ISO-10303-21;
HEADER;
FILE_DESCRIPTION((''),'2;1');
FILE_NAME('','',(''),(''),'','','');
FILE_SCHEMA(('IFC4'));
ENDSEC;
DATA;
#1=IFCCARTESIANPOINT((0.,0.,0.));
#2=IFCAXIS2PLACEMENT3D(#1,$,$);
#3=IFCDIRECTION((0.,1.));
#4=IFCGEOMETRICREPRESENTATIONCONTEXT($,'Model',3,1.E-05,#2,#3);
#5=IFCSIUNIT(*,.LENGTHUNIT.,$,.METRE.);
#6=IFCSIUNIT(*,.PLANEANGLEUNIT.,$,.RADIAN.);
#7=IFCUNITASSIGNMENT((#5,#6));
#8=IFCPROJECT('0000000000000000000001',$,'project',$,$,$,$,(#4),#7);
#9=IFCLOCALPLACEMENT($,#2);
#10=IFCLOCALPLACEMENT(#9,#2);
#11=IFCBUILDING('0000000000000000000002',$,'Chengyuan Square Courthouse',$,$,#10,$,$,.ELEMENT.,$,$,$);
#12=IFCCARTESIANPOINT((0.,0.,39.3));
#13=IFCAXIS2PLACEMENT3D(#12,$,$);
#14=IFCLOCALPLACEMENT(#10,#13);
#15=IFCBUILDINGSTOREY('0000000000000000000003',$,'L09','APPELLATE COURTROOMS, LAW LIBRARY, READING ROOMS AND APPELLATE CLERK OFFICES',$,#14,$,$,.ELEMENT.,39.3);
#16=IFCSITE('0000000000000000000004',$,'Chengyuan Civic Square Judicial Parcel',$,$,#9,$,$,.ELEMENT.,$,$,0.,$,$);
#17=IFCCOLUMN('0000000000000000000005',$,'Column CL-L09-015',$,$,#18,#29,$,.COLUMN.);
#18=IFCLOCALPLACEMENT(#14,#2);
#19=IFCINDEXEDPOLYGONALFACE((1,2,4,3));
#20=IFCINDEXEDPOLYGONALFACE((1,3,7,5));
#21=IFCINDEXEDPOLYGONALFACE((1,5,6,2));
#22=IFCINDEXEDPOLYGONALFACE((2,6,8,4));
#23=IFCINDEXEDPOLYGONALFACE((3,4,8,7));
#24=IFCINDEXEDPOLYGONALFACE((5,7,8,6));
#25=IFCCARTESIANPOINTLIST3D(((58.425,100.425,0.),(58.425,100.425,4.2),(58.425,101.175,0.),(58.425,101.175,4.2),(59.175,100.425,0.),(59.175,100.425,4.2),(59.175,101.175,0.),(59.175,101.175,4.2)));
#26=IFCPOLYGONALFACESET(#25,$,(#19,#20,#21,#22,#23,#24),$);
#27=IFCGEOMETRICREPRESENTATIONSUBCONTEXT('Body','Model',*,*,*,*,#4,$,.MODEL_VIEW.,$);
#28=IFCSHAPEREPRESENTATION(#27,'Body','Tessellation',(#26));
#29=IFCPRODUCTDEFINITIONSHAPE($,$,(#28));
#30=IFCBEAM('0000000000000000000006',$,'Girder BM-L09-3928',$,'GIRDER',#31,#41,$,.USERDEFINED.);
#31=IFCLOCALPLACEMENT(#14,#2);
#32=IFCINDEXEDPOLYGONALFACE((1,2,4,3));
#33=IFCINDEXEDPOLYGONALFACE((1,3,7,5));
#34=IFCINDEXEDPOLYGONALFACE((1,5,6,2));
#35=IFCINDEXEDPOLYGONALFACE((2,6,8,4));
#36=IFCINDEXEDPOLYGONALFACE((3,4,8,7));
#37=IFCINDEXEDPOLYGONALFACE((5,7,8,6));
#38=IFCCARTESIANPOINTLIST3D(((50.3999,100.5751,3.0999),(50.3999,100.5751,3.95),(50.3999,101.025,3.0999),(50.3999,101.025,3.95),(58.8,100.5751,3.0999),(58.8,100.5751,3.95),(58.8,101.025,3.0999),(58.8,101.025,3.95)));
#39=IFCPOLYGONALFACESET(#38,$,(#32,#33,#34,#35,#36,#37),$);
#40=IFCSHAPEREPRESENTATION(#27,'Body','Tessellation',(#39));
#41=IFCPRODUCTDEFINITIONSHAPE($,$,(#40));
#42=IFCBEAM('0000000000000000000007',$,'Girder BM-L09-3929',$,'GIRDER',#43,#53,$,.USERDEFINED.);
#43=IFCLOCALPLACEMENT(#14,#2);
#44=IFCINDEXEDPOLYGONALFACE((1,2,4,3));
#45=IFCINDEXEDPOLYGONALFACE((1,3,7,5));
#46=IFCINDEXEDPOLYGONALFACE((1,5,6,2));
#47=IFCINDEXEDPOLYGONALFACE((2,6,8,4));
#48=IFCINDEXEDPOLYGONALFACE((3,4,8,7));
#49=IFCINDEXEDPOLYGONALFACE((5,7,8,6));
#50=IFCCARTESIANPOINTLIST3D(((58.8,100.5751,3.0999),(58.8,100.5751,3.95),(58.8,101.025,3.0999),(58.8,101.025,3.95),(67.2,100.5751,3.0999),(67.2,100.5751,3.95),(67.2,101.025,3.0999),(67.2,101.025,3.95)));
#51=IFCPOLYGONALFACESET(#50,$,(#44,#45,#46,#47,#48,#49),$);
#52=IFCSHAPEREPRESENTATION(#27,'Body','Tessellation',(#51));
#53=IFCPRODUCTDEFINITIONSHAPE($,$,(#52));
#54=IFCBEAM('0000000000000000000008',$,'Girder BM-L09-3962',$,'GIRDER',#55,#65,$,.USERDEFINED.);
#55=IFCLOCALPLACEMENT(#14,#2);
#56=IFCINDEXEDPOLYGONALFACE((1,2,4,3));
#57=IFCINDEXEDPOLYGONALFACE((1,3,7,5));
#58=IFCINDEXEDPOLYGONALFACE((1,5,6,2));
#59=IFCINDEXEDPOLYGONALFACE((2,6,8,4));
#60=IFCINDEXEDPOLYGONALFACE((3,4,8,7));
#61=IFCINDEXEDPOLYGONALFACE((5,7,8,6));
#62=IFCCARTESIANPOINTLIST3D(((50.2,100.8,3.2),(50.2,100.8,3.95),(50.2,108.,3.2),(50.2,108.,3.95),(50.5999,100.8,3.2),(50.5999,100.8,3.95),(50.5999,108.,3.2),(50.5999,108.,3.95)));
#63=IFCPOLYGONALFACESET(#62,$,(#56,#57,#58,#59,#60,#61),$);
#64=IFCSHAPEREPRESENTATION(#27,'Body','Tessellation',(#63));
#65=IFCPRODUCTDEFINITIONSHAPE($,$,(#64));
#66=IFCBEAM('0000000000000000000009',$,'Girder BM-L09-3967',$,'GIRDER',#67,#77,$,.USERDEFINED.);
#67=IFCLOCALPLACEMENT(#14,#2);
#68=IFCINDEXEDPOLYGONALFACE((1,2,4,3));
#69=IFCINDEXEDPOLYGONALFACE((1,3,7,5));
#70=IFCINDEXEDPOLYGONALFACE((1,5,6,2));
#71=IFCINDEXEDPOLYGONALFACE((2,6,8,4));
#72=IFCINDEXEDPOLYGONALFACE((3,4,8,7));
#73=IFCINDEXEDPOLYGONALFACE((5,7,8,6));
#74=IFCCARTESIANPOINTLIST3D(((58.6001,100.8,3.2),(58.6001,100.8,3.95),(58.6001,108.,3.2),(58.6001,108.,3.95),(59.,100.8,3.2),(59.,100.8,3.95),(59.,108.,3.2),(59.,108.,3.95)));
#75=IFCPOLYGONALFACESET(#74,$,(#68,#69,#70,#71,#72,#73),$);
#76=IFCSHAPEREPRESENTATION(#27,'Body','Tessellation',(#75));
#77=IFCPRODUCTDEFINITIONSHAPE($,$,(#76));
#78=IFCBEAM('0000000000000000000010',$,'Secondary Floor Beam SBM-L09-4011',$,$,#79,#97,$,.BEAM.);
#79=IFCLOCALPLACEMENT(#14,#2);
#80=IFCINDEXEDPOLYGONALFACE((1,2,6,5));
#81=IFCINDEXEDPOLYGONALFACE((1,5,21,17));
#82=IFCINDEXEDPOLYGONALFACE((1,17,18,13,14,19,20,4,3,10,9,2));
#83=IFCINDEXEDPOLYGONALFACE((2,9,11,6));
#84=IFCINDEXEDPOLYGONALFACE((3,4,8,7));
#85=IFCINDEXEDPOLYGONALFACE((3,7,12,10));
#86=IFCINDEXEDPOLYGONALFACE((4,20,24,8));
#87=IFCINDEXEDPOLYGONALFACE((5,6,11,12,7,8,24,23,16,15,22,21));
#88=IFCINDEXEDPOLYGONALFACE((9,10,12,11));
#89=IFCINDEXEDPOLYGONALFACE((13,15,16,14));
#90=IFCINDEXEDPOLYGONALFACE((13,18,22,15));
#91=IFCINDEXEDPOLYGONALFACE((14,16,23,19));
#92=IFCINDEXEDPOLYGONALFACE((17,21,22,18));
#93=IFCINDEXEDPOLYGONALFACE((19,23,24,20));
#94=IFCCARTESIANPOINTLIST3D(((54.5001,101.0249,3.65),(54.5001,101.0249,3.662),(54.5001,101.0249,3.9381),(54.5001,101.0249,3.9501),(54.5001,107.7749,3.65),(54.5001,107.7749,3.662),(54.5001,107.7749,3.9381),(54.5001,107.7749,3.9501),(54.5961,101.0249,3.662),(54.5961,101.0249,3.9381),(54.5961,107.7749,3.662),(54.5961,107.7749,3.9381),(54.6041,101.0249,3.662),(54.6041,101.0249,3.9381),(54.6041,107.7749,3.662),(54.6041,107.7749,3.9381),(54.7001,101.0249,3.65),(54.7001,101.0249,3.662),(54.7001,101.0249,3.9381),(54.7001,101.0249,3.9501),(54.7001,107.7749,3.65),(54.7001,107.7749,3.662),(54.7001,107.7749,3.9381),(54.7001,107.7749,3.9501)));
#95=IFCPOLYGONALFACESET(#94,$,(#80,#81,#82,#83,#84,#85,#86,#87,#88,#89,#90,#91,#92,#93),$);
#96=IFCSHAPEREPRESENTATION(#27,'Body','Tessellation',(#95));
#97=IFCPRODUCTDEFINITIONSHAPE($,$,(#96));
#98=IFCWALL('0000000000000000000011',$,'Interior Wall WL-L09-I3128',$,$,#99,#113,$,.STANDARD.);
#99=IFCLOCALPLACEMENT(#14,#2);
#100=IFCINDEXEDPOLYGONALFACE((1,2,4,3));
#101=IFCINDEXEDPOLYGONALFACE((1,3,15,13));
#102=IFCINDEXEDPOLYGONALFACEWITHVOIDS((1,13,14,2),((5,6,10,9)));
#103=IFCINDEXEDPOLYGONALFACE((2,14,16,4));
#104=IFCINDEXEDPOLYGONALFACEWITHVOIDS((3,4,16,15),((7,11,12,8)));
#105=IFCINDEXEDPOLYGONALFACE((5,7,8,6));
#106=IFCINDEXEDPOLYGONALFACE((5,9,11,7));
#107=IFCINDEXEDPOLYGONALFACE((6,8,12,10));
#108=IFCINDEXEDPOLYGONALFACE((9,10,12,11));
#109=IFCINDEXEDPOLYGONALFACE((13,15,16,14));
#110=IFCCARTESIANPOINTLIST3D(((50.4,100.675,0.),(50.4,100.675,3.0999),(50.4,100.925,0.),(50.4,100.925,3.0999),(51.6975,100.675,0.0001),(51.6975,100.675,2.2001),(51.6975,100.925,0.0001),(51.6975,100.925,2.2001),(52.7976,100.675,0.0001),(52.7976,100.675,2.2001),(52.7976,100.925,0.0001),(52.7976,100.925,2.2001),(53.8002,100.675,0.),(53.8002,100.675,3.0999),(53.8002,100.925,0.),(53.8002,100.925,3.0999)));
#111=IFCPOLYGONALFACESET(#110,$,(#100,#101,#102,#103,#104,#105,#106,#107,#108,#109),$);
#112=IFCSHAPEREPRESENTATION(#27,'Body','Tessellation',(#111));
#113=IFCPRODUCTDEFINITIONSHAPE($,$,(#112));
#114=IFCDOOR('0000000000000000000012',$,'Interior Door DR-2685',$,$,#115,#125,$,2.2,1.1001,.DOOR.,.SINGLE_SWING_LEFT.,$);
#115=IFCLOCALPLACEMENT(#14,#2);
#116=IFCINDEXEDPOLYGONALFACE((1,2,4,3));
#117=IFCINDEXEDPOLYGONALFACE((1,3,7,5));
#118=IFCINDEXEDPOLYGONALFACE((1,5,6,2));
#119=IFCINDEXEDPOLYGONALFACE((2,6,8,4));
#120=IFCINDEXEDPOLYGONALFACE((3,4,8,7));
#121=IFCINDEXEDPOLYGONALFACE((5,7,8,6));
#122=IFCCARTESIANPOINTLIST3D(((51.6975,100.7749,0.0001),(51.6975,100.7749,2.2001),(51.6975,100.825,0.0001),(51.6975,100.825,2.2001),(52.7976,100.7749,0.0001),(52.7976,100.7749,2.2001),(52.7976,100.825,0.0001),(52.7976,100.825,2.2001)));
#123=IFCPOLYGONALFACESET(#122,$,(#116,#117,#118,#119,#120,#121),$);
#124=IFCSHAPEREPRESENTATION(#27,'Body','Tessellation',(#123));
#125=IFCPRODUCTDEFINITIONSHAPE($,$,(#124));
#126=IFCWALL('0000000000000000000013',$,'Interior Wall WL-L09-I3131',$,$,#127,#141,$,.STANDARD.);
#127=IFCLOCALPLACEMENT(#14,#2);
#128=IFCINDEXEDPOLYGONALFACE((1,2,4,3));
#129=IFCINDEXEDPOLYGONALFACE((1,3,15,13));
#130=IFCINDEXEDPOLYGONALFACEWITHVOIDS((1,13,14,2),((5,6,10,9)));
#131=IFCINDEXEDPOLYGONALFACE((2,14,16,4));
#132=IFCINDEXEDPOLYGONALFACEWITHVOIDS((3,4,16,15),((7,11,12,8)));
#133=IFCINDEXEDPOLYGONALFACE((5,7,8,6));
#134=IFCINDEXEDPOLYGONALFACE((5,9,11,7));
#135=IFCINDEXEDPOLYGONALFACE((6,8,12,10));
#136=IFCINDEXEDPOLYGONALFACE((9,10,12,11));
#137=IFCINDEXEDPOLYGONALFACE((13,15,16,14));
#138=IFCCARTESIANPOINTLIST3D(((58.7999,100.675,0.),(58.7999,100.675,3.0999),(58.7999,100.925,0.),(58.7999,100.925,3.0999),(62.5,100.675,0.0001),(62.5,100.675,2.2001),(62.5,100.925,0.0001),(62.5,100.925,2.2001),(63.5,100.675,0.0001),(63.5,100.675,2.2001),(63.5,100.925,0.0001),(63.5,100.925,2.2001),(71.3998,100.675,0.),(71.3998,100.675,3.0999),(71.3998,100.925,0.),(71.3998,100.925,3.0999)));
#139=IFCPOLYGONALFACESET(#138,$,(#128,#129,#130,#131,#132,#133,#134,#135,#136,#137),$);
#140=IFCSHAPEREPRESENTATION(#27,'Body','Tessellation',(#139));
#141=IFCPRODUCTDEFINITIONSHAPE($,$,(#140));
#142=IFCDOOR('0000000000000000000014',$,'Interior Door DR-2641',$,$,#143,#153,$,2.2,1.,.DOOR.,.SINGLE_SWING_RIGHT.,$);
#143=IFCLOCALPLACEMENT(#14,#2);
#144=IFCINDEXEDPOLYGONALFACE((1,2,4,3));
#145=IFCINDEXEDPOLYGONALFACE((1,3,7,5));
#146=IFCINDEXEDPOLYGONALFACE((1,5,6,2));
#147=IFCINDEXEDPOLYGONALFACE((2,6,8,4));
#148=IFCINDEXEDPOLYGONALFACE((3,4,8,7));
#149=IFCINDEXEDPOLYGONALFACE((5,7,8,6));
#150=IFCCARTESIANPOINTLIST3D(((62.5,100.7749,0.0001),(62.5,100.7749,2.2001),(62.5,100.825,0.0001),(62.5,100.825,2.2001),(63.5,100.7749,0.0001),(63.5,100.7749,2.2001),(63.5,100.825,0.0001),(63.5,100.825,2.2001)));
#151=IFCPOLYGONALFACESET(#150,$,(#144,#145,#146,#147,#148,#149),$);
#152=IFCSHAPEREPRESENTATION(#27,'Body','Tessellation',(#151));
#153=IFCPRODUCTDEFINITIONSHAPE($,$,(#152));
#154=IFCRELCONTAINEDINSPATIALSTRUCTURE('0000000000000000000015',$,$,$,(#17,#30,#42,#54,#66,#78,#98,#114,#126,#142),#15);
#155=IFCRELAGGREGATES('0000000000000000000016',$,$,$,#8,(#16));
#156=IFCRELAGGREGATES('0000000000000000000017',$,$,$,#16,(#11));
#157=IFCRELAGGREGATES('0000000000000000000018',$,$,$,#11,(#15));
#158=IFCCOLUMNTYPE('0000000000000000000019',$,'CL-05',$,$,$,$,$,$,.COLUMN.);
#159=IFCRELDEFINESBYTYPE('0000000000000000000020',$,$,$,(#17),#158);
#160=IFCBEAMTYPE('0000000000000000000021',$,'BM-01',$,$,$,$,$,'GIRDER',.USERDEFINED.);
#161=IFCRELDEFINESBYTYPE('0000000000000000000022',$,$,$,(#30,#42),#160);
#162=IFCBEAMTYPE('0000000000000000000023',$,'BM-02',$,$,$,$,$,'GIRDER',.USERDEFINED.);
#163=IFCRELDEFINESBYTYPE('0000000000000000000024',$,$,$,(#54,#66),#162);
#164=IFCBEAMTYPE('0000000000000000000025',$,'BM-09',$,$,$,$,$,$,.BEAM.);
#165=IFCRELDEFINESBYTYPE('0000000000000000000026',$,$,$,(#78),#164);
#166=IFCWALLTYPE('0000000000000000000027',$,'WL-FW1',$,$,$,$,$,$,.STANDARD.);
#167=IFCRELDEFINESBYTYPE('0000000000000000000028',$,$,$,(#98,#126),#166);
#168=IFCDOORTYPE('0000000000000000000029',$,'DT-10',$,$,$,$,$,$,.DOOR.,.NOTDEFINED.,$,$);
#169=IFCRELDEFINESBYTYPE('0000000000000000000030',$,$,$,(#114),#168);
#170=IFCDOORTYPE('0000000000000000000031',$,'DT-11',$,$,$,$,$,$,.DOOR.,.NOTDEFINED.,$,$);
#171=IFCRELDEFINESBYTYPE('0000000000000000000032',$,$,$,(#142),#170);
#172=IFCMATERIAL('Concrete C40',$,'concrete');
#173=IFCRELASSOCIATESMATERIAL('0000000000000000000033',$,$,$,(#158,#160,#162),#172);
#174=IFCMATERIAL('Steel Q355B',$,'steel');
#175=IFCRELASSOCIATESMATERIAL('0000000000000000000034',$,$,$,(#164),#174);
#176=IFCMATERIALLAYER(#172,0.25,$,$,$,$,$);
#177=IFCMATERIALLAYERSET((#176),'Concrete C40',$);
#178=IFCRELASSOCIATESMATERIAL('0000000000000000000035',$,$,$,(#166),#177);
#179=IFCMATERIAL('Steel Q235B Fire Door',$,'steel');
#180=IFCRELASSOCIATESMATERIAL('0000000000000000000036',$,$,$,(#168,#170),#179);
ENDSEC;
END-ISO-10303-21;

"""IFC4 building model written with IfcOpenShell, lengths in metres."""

from ifc_helpers import new_model, si_unit, direction, frame, frame_2d, origin, origin_2d, place, context, subcontext, project, spatial, rectangle, i_section, extrude, material, layer, layer_set, material_profile, profile_set, type_object, element, fill, save


model = new_model("IFC4")

# Units and contexts
model_context = context("Model", 3, precision=1e-05, world=origin(), true_north=direction((0.0, 1.0)))
body_context = subcontext(model_context, "Body", "Model", "MODEL_VIEW")
ifc_project = project(units=[si_unit("LENGTHUNIT", "METRE"), si_unit("PLANEANGLEUNIT", "RADIAN")], contexts=[model_context])

# Site, building, storey
site_placement = place(None, origin())
site = spatial("IfcSite", under=ifc_project, at=site_placement, Name="Chengyuan Civic Square Judicial Parcel", CompositionType="ELEMENT", RefElevation=0.0)
building_placement = place(site_placement, origin())
building = spatial("IfcBuilding", under=site, at=building_placement, Name="Chengyuan Square Courthouse", CompositionType="ELEMENT")
storey_placement = place(building_placement, frame((0.0, 0.0, 39.3)))
storey = spatial("IfcBuildingStorey", under=building, at=storey_placement, Name="L09", Description="APPELLATE COURTROOMS, LAW LIBRARY, READING ROOMS AND APPELLATE CLERK OFFICES", CompositionType="ELEMENT", Elevation=39.3)

# Column
ifc_material_1 = material(Name="Concrete C40", Category="concrete")
ifc_material_profile_1 = material_profile(ifc_material_1, rectangle(XDim=0.75, YDim=0.75, at=origin_2d()), Name="RC-COL-750x750")
ifc_profile_set_1 = profile_set([ifc_material_profile_1], Name="Concrete C40")
column_type = type_object("IfcColumnType", Name="CL-05", PredefinedType="COLUMN", material=ifc_profile_set_1)
column_placement = place(storey_placement, frame((58.8, 100.8, 0.0), z_axis=(0.0, 0.0, 1.0), x_axis=(1.0, 0.0, 0.0)))
element("IfcColumn", 1, at=column_placement, inside=storey, type_object=column_type, Name="Column CL-L09-015", PredefinedType="COLUMN", context=body_context, shape_type="SweptSolid", body=[
    extrude(rectangle(XDim=0.75, YDim=0.75, at=origin_2d()), origin(), (0.0, 0.0, 1.0), 4.2),
])

# Beams
ifc_material_profile_2 = material_profile(ifc_material_1, rectangle(XDim=0.45, YDim=0.8501, at=origin_2d()), Name="RC-BM-450x850")
ifc_profile_set_2 = profile_set([ifc_material_profile_2], Name="Concrete C40")
beam_type_1 = type_object("IfcBeamType", Name="BM-01", ElementType="GIRDER", PredefinedType="USERDEFINED", material=ifc_profile_set_2)
beam_1_placement = place(storey_placement, frame((50.3999, 100.8, 3.5249), z_axis=(1.0, 0.0, 0.0), x_axis=(0.0, 1.0, 0.0)))
element("IfcBeam", 2, at=beam_1_placement, inside=storey, type_object=beam_type_1, Name="Girder BM-L09-3928", ObjectType="GIRDER", PredefinedType="USERDEFINED", context=body_context, shape_type="SweptSolid", body=[
    extrude(rectangle(XDim=0.45, YDim=0.8501, at=origin_2d()), origin(), (0.0, 0.0, 1.0), 8.4001),
])
beam_2_placement = place(storey_placement, frame((58.8, 100.8, 3.5249), z_axis=(1.0, 0.0, 0.0), x_axis=(0.0, 1.0, 0.0)))
element("IfcBeam", 3, at=beam_2_placement, inside=storey, type_object=beam_type_1, Name="Girder BM-L09-3929", ObjectType="GIRDER", PredefinedType="USERDEFINED", context=body_context, shape_type="SweptSolid", body=[
    extrude(rectangle(XDim=0.45, YDim=0.8501, at=origin_2d()), origin(), (0.0, 0.0, 1.0), 8.3999),
])
ifc_material_profile_3 = material_profile(ifc_material_1, rectangle(XDim=0.3999, YDim=0.75, at=origin_2d()), Name="RC-BM-400x750")
ifc_profile_set_3 = profile_set([ifc_material_profile_3], Name="Concrete C40")
beam_type_2 = type_object("IfcBeamType", Name="BM-02", ElementType="GIRDER", PredefinedType="USERDEFINED", material=ifc_profile_set_3)
for number, where, z_axis, x_axis, name in (
    (4, (50.3999, 100.8, 3.575), (0.0, 1.0, 0.0), (-1.0, 0.0, 0.0), "Girder BM-L09-3962"),
    (5, (58.8, 100.8, 3.575), (0.0, 1.0, 0.0), (-1.0, 0.0, 0.0), "Girder BM-L09-3967"),
):
    element("IfcBeam", number, at=place(storey_placement, frame(where, z_axis=z_axis, x_axis=x_axis)), inside=storey, type_object=beam_type_2, Name=name, ObjectType="GIRDER", PredefinedType="USERDEFINED", context=body_context, shape_type="SweptSolid", body=[
        extrude(rectangle(XDim=0.3999, YDim=0.75, at=origin_2d()), origin(), (0.0, 0.0, 1.0), 7.2),
    ])
ifc_material_2 = material(Name="Steel Q355B", Category="steel")
ifc_material_profile_4 = material_profile(ifc_material_2, i_section(OverallWidth=0.2, OverallDepth=0.3, WebThickness=0.0081, FlangeThickness=0.012, at=origin_2d()), Name="HM 300x200x8x12")
ifc_profile_set_4 = profile_set([ifc_material_profile_4], Name="Steel Q355B")
beam_type_3 = type_object("IfcBeamType", Name="BM-09", PredefinedType="BEAM", material=ifc_profile_set_4)
beam_3_placement = place(storey_placement, frame((54.6001, 101.0249, 3.8), z_axis=(0.0, 1.0, 0.0), x_axis=(-1.0, 0.0, 0.0)))
element("IfcBeam", 6, at=beam_3_placement, inside=storey, type_object=beam_type_3, Name="Secondary Floor Beam SBM-L09-4011", PredefinedType="BEAM", context=body_context, shape_type="SweptSolid", body=[
    extrude(i_section(OverallWidth=0.2, OverallDepth=0.3, WebThickness=0.0081, FlangeThickness=0.012, at=origin_2d()), origin(), (0.0, 0.0, 1.0), 6.75),
])

# Walls, openings, doors
ifc_layer_1 = layer(ifc_material_1, 0.25)
ifc_layer_set_1 = layer_set([ifc_layer_1], Name="Concrete C40")
wall_type_1 = type_object("IfcWallType", Name="WL-FW1", PredefinedType="STANDARD", material=ifc_layer_set_1)
wall_1_placement = place(storey_placement, frame((50.3999, 100.8, 0.0), z_axis=(0.0, 0.0, 1.0), x_axis=(1.0, 0.0, 0.0)))
wall_1 = element("IfcWall", 7, at=wall_1_placement, inside=storey, type_object=wall_type_1, Name="Interior Wall WL-L09-I3128", PredefinedType="STANDARD", context=body_context, shape_type="SweptSolid", body=[
    extrude(rectangle(XDim=3.4001, YDim=0.25, at=frame_2d((1.7002, 0.0))), origin(), (0.0, 0.0, 1.0), 3.0999),
])
opening_1_placement = place(wall_1_placement, frame((1.2976, 0.0, 0.0)))
opening_1 = element("IfcOpeningElement", 8, at=opening_1_placement, cuts=wall_1, PredefinedType="OPENING", context=body_context, shape_type="SweptSolid", body=[
    extrude(rectangle(XDim=1.1001, YDim=2.2, at=frame_2d((0.55, 1.1001))), frame((0.0, 0.137, 0.0), z_axis=(0.0, -1.0, 0.0), x_axis=(1.0, 0.0, 0.0)), (0.0, 0.0, 1.0), 0.2739),
])
ifc_material_3 = material(Name="Steel Q235B Fire Door", Category="steel")
door_type_1 = type_object("IfcDoorType", Name="DT-10", OperationType="NOTDEFINED", PredefinedType="DOOR", material=ifc_material_3)
door_1_placement = place(opening_1_placement, origin())
door_1 = element("IfcDoor", 9, at=door_1_placement, inside=storey, type_object=door_type_1, Name="Interior Door DR-2685", OperationType="SINGLE_SWING_LEFT", OverallHeight=2.2, OverallWidth=1.1001, PredefinedType="DOOR", context=body_context, shape_type="SweptSolid", body=[
    extrude(rectangle(XDim=1.1001, YDim=2.2, at=frame_2d((0.55, 1.1001))), frame((0.0, 0.0249, 0.0), z_axis=(0.0, -1.0, 0.0), x_axis=(1.0, 0.0, 0.0)), (0.0, 0.0, 1.0), 0.05),
])
fill(opening_1, door_1)
wall_2_placement = place(storey_placement, frame((58.8, 100.8, 0.0), z_axis=(0.0, 0.0, 1.0), x_axis=(1.0, 0.0, 0.0)))
wall_2 = element("IfcWall", 10, at=wall_2_placement, inside=storey, type_object=wall_type_1, Name="Interior Wall WL-L09-I3131", PredefinedType="STANDARD", context=body_context, shape_type="SweptSolid", body=[
    extrude(rectangle(XDim=12.5999, YDim=0.25, at=frame_2d((6.2998, 0.0))), origin(), (0.0, 0.0, 1.0), 3.0999),
])
opening_2_placement = place(wall_2_placement, frame((3.7, 0.0, 0.0)))
opening_2 = element("IfcOpeningElement", 11, at=opening_2_placement, cuts=wall_2, PredefinedType="OPENING", context=body_context, shape_type="SweptSolid", body=[
    extrude(rectangle(XDim=1.0, YDim=2.2, at=frame_2d((0.5, 1.1001))), frame((0.0, 0.137, 0.0), z_axis=(0.0, -1.0, 0.0), x_axis=(1.0, 0.0, 0.0)), (0.0, 0.0, 1.0), 0.2739),
])
door_type_2 = type_object("IfcDoorType", Name="DT-11", OperationType="NOTDEFINED", PredefinedType="DOOR", material=ifc_material_3)
door_2_placement = place(opening_2_placement, origin())
door_2 = element("IfcDoor", 12, at=door_2_placement, inside=storey, type_object=door_type_2, Name="Interior Door DR-2641", OperationType="SINGLE_SWING_RIGHT", OverallHeight=2.2, OverallWidth=1.0, PredefinedType="DOOR", context=body_context, shape_type="SweptSolid", body=[
    extrude(rectangle(XDim=1.0, YDim=2.2, at=frame_2d((0.5, 1.1001))), frame((0.0, 0.0249, 0.0), z_axis=(0.0, -1.0, 0.0), x_axis=(1.0, 0.0, 0.0)), (0.0, 0.0, 1.0), 0.05),
])
fill(opening_2, door_2)

save(model, "model.ifc")
